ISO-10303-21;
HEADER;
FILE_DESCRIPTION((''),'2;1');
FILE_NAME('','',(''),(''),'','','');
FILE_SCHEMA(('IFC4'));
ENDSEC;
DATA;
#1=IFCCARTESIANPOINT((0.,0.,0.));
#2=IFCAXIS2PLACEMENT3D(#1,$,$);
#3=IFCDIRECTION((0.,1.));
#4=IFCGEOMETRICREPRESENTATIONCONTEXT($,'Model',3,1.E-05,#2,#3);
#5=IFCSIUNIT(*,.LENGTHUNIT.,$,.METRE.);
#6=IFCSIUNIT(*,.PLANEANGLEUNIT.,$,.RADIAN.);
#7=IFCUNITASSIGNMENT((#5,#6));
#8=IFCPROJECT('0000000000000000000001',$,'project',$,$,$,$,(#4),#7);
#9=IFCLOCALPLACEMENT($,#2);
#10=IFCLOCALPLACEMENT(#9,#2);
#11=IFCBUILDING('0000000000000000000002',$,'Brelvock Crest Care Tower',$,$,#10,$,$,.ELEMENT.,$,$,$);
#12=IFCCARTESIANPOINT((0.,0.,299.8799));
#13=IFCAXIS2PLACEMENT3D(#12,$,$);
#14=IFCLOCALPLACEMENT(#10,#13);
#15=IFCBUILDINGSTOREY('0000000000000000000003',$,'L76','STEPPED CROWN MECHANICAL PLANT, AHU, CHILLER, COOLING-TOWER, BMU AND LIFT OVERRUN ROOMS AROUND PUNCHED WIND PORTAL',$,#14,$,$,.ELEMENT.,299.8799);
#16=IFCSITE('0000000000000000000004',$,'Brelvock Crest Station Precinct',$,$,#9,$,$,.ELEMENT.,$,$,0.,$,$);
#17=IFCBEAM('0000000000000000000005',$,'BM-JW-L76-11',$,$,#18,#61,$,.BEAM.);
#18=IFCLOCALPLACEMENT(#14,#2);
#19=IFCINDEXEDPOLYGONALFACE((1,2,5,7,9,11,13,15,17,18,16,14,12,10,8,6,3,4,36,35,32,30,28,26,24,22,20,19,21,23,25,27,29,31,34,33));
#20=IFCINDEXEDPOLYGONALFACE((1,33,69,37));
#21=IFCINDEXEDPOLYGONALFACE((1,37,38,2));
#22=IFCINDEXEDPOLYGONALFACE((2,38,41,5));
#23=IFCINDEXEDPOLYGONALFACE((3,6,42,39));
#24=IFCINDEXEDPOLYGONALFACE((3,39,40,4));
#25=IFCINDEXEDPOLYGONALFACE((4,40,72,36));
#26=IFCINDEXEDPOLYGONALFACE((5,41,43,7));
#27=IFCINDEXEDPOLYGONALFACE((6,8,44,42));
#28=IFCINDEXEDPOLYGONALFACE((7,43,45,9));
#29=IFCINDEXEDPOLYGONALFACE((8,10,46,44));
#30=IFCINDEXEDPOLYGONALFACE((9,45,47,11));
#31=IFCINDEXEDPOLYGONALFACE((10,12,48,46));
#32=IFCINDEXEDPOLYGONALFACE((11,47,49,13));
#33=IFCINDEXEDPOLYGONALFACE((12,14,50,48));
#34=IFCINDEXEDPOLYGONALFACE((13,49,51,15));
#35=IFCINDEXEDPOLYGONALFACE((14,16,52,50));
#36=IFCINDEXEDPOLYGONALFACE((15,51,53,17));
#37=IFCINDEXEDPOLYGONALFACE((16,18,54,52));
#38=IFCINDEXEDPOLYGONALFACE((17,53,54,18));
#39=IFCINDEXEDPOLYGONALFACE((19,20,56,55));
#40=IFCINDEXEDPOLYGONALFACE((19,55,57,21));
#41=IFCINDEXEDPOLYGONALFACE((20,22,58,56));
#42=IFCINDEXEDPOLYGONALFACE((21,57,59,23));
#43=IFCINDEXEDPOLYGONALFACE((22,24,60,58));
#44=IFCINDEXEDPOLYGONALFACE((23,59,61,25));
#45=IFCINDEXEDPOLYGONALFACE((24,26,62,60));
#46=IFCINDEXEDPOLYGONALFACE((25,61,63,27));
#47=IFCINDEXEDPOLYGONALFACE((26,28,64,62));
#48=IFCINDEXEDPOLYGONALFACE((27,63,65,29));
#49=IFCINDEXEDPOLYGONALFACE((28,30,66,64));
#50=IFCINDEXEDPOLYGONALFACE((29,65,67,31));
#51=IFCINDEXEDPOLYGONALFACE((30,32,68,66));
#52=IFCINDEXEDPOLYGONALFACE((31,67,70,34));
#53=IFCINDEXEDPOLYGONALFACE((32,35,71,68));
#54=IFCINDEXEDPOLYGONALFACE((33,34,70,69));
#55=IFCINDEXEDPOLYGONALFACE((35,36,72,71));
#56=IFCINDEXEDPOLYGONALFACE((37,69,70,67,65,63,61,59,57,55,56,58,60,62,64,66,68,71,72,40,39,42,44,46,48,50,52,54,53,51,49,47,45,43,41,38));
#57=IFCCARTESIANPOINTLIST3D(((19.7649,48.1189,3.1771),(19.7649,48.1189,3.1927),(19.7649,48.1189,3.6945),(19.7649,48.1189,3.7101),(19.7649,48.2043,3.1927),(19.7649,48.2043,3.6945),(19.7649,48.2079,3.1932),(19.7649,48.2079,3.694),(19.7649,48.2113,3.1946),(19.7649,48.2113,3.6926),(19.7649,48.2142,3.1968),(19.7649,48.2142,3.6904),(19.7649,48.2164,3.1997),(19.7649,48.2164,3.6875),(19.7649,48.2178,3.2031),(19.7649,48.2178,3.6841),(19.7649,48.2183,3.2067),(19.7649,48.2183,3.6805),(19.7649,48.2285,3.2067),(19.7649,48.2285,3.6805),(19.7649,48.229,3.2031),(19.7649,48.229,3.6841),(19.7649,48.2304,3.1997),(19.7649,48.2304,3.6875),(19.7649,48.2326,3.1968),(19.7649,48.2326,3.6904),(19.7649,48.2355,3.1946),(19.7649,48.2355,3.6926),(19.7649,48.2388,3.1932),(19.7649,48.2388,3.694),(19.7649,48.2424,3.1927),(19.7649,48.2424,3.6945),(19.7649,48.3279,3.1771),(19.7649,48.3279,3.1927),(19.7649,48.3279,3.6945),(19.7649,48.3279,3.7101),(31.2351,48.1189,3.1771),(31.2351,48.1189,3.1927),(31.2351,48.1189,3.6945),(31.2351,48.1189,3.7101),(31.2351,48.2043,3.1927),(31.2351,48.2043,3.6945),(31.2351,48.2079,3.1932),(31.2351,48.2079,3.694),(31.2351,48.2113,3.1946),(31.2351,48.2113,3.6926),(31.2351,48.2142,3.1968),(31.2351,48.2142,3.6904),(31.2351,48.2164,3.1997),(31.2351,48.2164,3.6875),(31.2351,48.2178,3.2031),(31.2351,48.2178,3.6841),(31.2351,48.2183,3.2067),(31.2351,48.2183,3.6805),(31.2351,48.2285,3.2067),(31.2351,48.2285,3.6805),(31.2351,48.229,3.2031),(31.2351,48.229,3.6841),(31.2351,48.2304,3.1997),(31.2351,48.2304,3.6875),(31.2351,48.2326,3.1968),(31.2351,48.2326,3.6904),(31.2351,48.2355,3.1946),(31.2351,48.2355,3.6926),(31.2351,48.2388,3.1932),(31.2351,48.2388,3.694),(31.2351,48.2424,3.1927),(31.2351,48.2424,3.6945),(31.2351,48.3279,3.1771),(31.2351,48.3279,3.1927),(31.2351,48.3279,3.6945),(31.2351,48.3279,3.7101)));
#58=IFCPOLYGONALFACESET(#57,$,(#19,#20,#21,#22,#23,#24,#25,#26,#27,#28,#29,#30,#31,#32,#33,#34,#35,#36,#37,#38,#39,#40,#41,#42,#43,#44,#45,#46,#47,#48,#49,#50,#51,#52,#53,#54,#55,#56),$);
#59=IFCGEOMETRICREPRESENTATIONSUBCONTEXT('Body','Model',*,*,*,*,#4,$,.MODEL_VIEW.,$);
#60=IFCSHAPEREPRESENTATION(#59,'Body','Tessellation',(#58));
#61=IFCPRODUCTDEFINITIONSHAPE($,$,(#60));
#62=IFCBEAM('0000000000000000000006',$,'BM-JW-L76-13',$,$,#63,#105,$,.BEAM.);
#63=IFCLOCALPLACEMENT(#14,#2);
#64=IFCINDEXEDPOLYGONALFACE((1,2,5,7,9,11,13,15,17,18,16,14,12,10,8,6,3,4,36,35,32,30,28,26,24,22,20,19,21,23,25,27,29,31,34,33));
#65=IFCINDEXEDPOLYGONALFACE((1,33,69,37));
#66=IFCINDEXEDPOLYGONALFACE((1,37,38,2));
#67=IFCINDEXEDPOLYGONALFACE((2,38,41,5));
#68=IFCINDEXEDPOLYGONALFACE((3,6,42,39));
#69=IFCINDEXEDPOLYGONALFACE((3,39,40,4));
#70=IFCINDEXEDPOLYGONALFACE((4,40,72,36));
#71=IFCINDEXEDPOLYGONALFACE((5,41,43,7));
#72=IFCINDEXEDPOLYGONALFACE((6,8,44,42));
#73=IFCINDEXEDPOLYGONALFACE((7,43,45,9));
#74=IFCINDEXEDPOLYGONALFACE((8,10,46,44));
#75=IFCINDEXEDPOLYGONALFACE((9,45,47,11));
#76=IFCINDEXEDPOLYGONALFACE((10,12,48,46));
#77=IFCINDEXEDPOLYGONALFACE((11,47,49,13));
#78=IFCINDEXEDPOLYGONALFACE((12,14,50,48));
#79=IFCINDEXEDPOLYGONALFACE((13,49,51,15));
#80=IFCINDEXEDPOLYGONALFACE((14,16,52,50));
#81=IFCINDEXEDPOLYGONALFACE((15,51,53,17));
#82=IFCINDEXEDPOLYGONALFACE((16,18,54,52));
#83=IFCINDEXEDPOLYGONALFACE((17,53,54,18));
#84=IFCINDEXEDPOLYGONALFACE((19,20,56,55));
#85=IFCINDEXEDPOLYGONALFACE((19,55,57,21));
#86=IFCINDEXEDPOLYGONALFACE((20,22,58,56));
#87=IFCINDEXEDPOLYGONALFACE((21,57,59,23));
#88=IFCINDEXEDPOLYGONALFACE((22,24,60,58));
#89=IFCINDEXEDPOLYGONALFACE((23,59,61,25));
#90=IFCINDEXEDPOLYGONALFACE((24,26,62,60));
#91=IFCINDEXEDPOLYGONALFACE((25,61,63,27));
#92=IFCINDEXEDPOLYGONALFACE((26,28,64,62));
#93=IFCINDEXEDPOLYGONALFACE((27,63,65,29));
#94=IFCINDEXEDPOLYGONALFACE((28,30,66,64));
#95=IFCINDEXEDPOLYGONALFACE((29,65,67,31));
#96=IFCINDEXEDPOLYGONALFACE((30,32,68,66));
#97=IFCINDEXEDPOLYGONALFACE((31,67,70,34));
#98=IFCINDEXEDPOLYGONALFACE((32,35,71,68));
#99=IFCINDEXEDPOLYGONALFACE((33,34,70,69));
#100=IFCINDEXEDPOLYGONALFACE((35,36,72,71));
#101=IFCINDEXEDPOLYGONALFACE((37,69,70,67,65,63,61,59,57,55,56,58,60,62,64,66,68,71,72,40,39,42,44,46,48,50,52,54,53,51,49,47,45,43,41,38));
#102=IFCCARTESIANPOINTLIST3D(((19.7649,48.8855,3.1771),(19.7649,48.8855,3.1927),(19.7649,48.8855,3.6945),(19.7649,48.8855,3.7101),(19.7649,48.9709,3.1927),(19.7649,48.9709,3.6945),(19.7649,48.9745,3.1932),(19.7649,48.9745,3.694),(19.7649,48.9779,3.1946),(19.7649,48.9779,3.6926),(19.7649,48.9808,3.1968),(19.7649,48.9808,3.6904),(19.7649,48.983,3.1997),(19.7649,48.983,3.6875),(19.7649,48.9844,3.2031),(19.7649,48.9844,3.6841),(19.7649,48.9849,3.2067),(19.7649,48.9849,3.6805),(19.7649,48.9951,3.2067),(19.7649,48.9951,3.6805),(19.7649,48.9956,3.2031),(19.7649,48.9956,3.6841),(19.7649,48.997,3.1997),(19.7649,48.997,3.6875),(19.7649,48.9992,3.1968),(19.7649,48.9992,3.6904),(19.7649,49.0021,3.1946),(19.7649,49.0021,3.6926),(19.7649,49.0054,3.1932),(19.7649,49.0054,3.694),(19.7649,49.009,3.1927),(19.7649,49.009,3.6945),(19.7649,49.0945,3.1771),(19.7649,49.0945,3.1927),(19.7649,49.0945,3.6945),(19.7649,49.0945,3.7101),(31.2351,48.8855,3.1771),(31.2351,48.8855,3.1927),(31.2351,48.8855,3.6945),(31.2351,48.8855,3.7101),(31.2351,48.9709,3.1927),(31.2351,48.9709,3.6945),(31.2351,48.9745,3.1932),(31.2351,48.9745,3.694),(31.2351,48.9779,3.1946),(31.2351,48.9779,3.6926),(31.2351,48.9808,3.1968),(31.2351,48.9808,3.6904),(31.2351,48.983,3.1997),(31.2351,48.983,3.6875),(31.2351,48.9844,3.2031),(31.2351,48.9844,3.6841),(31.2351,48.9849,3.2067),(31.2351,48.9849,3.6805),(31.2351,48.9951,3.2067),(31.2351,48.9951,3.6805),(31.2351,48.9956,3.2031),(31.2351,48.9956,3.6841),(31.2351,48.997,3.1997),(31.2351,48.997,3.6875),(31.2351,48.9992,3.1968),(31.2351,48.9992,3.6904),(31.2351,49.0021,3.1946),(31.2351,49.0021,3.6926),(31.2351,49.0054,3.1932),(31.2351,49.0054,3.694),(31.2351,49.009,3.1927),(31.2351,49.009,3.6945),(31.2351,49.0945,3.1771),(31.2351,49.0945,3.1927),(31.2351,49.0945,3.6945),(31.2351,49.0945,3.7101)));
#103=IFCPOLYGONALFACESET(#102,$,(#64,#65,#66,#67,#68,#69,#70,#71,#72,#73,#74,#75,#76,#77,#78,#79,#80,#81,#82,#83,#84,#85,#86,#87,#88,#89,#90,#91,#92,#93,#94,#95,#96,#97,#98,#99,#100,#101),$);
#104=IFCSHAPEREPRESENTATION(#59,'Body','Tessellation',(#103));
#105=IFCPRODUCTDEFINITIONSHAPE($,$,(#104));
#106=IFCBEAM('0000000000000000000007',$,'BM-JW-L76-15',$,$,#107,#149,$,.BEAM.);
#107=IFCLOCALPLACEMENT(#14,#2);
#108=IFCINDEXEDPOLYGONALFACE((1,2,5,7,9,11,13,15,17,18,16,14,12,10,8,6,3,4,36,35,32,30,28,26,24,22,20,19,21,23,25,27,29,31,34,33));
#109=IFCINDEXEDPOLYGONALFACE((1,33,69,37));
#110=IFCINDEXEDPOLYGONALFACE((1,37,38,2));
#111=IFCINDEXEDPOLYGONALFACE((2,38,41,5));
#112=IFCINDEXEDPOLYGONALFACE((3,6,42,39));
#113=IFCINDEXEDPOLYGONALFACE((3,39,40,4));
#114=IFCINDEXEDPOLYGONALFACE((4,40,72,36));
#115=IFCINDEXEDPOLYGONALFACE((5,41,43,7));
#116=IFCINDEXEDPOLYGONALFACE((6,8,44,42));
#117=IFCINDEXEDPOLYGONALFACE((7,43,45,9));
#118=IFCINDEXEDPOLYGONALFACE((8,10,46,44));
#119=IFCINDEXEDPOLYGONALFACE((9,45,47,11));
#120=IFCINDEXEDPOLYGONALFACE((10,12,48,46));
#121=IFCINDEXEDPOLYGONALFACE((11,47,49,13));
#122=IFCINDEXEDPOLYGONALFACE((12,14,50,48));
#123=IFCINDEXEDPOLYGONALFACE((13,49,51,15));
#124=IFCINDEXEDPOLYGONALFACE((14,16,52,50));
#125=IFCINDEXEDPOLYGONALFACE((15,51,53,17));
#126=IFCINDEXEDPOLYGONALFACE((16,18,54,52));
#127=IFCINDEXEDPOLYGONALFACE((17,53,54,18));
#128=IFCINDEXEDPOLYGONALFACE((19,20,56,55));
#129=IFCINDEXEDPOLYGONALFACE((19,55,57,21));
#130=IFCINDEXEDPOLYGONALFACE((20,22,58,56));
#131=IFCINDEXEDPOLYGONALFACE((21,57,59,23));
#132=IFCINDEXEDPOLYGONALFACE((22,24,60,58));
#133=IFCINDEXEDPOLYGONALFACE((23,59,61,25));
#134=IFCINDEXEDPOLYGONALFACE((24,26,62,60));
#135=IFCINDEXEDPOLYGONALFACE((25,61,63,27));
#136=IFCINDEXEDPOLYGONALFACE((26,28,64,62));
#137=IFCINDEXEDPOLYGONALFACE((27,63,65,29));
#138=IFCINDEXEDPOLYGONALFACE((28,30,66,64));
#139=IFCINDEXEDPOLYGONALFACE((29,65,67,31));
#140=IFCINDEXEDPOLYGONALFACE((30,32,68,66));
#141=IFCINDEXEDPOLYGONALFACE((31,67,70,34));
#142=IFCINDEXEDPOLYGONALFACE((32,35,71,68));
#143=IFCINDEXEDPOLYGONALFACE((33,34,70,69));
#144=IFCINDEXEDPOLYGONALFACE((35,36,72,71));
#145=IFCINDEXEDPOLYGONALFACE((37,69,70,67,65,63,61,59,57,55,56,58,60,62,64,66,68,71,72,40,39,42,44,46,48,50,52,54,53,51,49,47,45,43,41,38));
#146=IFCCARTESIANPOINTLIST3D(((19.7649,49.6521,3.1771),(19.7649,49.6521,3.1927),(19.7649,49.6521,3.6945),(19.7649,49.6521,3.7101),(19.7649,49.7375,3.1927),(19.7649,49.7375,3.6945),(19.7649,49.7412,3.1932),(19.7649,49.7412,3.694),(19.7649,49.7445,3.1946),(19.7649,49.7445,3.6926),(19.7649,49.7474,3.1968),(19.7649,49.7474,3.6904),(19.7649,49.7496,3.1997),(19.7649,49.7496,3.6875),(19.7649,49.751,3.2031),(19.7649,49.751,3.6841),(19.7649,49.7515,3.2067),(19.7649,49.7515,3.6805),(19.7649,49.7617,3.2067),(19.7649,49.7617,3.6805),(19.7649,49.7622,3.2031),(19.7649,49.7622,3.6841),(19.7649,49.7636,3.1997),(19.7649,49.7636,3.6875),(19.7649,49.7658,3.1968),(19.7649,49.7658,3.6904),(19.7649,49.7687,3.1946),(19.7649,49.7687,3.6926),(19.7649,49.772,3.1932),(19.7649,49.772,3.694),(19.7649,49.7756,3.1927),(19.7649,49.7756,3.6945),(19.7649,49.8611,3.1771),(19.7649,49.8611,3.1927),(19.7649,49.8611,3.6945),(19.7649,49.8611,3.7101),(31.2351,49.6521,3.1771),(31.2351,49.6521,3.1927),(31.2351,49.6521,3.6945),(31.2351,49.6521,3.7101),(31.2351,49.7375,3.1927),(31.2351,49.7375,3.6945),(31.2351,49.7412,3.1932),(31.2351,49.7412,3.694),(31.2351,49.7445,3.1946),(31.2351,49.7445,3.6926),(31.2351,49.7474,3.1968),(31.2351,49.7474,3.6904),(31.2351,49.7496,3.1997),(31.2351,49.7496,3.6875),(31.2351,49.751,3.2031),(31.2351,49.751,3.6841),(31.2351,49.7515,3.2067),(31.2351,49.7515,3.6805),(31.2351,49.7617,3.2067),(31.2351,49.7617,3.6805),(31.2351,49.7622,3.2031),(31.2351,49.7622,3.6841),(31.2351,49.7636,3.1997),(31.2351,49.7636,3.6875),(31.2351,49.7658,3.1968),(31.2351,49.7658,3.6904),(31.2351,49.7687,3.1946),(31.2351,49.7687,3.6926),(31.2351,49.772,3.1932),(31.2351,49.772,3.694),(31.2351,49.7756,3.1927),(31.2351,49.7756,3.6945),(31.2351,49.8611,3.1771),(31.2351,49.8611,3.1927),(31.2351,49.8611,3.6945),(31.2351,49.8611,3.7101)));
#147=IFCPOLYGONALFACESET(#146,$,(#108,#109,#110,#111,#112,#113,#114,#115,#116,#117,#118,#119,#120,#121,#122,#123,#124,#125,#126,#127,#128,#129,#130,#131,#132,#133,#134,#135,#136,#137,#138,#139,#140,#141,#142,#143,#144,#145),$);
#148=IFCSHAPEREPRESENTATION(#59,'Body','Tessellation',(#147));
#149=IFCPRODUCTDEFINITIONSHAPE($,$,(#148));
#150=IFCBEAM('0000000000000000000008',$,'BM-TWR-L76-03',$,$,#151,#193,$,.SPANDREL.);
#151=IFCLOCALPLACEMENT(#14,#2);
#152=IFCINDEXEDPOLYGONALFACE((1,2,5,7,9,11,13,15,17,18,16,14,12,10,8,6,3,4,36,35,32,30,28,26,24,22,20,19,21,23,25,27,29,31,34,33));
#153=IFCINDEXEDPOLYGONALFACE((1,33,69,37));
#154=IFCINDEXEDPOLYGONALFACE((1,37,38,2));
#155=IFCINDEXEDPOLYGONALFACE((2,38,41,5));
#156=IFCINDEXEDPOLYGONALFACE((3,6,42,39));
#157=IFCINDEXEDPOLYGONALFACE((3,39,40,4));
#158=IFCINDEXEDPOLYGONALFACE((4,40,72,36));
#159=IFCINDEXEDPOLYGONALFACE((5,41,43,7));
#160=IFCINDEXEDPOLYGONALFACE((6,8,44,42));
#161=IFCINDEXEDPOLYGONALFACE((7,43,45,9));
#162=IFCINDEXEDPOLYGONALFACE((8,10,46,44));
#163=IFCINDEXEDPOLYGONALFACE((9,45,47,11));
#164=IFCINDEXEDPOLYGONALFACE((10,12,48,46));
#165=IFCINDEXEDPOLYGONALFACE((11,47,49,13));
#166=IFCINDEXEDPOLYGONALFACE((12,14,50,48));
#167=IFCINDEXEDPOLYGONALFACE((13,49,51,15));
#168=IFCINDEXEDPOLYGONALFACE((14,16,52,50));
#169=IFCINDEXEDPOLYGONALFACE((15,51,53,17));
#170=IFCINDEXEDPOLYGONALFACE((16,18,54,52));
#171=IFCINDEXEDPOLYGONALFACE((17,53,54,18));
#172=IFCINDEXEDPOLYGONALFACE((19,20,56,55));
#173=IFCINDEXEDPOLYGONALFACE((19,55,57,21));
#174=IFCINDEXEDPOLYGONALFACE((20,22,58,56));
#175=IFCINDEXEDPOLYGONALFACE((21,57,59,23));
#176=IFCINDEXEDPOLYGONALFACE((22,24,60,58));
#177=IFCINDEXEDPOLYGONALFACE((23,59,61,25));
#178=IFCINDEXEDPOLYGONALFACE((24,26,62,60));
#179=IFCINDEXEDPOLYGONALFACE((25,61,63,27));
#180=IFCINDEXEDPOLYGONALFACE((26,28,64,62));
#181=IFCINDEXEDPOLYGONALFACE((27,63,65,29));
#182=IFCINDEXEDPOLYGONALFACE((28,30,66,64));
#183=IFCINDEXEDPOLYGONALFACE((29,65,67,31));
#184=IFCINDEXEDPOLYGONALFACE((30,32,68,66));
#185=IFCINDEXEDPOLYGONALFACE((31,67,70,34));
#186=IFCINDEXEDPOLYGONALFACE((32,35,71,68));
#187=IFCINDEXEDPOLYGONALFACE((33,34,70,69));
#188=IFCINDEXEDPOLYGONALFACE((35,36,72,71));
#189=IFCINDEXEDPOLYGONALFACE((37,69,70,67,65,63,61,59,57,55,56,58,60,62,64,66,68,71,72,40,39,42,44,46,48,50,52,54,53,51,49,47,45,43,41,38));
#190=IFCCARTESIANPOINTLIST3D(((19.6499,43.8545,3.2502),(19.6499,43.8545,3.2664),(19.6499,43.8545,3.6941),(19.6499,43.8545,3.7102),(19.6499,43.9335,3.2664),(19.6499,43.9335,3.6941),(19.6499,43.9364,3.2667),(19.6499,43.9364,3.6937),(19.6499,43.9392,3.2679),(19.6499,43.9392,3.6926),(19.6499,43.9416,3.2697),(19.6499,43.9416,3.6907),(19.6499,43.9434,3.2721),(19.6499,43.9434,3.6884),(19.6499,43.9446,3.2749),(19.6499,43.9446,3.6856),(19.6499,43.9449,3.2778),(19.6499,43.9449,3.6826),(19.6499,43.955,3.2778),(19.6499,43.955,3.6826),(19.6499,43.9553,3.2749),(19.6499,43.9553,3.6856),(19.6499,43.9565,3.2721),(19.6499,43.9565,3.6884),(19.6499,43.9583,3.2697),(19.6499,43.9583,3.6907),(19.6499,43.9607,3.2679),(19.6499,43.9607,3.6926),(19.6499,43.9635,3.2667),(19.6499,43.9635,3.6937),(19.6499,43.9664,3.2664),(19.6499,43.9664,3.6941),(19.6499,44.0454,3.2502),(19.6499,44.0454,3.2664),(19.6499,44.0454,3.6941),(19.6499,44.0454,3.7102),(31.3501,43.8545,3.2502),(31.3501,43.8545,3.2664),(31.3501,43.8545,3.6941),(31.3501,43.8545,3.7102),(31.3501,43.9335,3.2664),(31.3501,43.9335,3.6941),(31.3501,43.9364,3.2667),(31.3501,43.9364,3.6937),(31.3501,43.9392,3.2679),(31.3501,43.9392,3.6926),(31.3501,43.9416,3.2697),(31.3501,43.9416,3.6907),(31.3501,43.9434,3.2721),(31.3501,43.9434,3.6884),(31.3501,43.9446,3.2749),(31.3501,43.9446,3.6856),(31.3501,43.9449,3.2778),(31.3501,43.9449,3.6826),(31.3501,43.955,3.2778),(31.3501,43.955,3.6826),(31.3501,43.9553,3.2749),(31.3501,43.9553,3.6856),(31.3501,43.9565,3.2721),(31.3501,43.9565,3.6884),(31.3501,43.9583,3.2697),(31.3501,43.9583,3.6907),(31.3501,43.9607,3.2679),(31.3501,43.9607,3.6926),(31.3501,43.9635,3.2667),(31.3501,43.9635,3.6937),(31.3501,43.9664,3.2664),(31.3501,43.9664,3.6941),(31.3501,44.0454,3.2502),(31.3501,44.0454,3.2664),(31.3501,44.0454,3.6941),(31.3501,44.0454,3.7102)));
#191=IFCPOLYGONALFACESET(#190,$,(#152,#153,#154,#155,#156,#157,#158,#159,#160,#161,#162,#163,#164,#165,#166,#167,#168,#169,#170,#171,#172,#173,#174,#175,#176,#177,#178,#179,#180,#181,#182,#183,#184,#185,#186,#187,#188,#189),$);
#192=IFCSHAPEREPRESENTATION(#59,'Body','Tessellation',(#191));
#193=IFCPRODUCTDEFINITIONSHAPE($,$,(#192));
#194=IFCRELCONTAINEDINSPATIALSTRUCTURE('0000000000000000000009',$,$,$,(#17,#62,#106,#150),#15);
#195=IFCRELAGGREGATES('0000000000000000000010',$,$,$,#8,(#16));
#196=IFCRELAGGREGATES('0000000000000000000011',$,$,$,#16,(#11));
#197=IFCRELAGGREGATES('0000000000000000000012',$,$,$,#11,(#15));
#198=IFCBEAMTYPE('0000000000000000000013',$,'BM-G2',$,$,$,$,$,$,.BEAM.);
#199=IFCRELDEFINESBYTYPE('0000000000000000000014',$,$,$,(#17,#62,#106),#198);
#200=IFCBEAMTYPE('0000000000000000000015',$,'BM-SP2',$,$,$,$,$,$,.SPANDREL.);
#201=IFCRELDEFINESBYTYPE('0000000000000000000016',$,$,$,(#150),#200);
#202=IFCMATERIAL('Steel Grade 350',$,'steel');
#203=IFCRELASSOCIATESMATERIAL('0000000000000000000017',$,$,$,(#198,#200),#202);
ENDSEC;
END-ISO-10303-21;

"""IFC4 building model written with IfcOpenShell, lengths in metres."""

from ifc_helpers import new_model, si_unit, direction, frame, origin, origin_2d, place, context, subcontext, project, spatial, i_section, extrude, source, transform, mapped, material, material_profile, profile_set, type_object, element, save


model = new_model("IFC4")

# Units and contexts
model_context = context("Model", 3, precision=1e-05, world=origin(), true_north=direction((0.0, 1.0)))
body_context = subcontext(model_context, "Body", "Model", "MODEL_VIEW")
ifc_project = project(units=[si_unit("LENGTHUNIT", "METRE"), si_unit("PLANEANGLEUNIT", "RADIAN")], contexts=[model_context])

# Site, building, storey
site_placement = place(None, origin())
site = spatial("IfcSite", under=ifc_project, at=site_placement, Name="Brelvock Crest Station Precinct", CompositionType="ELEMENT", RefElevation=0.0)
building_placement = place(site_placement, origin())
building = spatial("IfcBuilding", under=site, at=building_placement, Name="Brelvock Crest Care Tower", CompositionType="ELEMENT")
storey_placement = place(building_placement, frame((0.0, 0.0, 299.8799)))
storey = spatial("IfcBuildingStorey", under=building, at=storey_placement, Name="L76", Description="STEPPED CROWN MECHANICAL PLANT, AHU, CHILLER, COOLING-TOWER, BMU AND LIFT OVERRUN ROOMS AROUND PUNCHED WIND PORTAL", CompositionType="ELEMENT", Elevation=299.8799)

# Shared definitions
ifc_material_1 = material(Name="Steel Grade 350", Category="steel")

# Beams
ifc_material_profile_1 = material_profile(ifc_material_1, i_section(OverallWidth=0.209, OverallDepth=0.533, WebThickness=0.0103, FlangeThickness=0.0156, FilletRadius=0.0139, at=origin_2d()), Name="530UB92.4")
ifc_profile_set_1 = profile_set([ifc_material_profile_1], Name="Steel Grade 350")
beam_type_1 = type_object("IfcBeamType", Name="BM-G2", PredefinedType="BEAM", material=ifc_profile_set_1)
shared_shape_1 = source(origin(), body_context, "Body", "SweptSolid", [
    extrude(i_section(OverallWidth=0.209, OverallDepth=0.533, WebThickness=0.0103, FlangeThickness=0.0156, FilletRadius=0.0139, at=origin_2d()), origin(), (0.0, 0.0, 1.0), 11.4702),
])
for number, where, z_axis, x_axis, name in (
    (1, (19.7649, 48.2234, 3.4436), (1.0, 0.0, 0.0), (0.0, 1.0, 0.0), "BM-JW-L76-11"),
    (2, (19.7649, 48.99, 3.4436), (1.0, 0.0, 0.0), (0.0, 1.0, 0.0), "BM-JW-L76-13"),
    (3, (19.7649, 49.7566, 3.4436), (1.0, 0.0, 0.0), (0.0, 1.0, 0.0), "BM-JW-L76-15"),
):
    element("IfcBeam", number, at=place(storey_placement, frame(where, z_axis=z_axis, x_axis=x_axis)), inside=storey, type_object=beam_type_1, Name=name, PredefinedType="BEAM", context=body_context, shape_type="MappedRepresentation", body=[
        mapped(shared_shape_1, transform((0.0, 0.0, 0.0), x_axis=(1.0, 0.0, 0.0), y_axis=(0.0, 1.0, 0.0), z_axis=(0.0, 0.0, 1.0), scale=1.0)),
    ])
ifc_material_profile_2 = material_profile(ifc_material_1, i_section(OverallWidth=0.1909, OverallDepth=0.46, WebThickness=0.01, FlangeThickness=0.0161, FilletRadius=0.0115, at=origin_2d()), Name="460UB82.1")
ifc_profile_set_2 = profile_set([ifc_material_profile_2], Name="Steel Grade 350")
beam_type_2 = type_object("IfcBeamType", Name="BM-SP2", PredefinedType="SPANDREL", material=ifc_profile_set_2)
shared_shape_2 = source(origin(), body_context, "Body", "SweptSolid", [
    extrude(i_section(OverallWidth=0.1909, OverallDepth=0.46, WebThickness=0.01, FlangeThickness=0.0161, FilletRadius=0.0115, at=origin_2d()), origin(), (0.0, 0.0, 1.0), 11.7002),
])
for number, where, z_axis, x_axis, name in (
    (4, (19.6499, 43.95, 3.4802), (1.0, 0.0, 0.0), (0.0, 1.0, 0.0), "BM-TWR-L76-03"),
):
    element("IfcBeam", number, at=place(storey_placement, frame(where, z_axis=z_axis, x_axis=x_axis)), inside=storey, type_object=beam_type_2, Name=name, PredefinedType="SPANDREL", context=body_context, shape_type="MappedRepresentation", body=[
        mapped(shared_shape_2, transform((0.0, 0.0, 0.0), x_axis=(1.0, 0.0, 0.0), y_axis=(0.0, 1.0, 0.0), z_axis=(0.0, 0.0, 1.0), scale=1.0)),
    ])

save(model, "model.ifc")
